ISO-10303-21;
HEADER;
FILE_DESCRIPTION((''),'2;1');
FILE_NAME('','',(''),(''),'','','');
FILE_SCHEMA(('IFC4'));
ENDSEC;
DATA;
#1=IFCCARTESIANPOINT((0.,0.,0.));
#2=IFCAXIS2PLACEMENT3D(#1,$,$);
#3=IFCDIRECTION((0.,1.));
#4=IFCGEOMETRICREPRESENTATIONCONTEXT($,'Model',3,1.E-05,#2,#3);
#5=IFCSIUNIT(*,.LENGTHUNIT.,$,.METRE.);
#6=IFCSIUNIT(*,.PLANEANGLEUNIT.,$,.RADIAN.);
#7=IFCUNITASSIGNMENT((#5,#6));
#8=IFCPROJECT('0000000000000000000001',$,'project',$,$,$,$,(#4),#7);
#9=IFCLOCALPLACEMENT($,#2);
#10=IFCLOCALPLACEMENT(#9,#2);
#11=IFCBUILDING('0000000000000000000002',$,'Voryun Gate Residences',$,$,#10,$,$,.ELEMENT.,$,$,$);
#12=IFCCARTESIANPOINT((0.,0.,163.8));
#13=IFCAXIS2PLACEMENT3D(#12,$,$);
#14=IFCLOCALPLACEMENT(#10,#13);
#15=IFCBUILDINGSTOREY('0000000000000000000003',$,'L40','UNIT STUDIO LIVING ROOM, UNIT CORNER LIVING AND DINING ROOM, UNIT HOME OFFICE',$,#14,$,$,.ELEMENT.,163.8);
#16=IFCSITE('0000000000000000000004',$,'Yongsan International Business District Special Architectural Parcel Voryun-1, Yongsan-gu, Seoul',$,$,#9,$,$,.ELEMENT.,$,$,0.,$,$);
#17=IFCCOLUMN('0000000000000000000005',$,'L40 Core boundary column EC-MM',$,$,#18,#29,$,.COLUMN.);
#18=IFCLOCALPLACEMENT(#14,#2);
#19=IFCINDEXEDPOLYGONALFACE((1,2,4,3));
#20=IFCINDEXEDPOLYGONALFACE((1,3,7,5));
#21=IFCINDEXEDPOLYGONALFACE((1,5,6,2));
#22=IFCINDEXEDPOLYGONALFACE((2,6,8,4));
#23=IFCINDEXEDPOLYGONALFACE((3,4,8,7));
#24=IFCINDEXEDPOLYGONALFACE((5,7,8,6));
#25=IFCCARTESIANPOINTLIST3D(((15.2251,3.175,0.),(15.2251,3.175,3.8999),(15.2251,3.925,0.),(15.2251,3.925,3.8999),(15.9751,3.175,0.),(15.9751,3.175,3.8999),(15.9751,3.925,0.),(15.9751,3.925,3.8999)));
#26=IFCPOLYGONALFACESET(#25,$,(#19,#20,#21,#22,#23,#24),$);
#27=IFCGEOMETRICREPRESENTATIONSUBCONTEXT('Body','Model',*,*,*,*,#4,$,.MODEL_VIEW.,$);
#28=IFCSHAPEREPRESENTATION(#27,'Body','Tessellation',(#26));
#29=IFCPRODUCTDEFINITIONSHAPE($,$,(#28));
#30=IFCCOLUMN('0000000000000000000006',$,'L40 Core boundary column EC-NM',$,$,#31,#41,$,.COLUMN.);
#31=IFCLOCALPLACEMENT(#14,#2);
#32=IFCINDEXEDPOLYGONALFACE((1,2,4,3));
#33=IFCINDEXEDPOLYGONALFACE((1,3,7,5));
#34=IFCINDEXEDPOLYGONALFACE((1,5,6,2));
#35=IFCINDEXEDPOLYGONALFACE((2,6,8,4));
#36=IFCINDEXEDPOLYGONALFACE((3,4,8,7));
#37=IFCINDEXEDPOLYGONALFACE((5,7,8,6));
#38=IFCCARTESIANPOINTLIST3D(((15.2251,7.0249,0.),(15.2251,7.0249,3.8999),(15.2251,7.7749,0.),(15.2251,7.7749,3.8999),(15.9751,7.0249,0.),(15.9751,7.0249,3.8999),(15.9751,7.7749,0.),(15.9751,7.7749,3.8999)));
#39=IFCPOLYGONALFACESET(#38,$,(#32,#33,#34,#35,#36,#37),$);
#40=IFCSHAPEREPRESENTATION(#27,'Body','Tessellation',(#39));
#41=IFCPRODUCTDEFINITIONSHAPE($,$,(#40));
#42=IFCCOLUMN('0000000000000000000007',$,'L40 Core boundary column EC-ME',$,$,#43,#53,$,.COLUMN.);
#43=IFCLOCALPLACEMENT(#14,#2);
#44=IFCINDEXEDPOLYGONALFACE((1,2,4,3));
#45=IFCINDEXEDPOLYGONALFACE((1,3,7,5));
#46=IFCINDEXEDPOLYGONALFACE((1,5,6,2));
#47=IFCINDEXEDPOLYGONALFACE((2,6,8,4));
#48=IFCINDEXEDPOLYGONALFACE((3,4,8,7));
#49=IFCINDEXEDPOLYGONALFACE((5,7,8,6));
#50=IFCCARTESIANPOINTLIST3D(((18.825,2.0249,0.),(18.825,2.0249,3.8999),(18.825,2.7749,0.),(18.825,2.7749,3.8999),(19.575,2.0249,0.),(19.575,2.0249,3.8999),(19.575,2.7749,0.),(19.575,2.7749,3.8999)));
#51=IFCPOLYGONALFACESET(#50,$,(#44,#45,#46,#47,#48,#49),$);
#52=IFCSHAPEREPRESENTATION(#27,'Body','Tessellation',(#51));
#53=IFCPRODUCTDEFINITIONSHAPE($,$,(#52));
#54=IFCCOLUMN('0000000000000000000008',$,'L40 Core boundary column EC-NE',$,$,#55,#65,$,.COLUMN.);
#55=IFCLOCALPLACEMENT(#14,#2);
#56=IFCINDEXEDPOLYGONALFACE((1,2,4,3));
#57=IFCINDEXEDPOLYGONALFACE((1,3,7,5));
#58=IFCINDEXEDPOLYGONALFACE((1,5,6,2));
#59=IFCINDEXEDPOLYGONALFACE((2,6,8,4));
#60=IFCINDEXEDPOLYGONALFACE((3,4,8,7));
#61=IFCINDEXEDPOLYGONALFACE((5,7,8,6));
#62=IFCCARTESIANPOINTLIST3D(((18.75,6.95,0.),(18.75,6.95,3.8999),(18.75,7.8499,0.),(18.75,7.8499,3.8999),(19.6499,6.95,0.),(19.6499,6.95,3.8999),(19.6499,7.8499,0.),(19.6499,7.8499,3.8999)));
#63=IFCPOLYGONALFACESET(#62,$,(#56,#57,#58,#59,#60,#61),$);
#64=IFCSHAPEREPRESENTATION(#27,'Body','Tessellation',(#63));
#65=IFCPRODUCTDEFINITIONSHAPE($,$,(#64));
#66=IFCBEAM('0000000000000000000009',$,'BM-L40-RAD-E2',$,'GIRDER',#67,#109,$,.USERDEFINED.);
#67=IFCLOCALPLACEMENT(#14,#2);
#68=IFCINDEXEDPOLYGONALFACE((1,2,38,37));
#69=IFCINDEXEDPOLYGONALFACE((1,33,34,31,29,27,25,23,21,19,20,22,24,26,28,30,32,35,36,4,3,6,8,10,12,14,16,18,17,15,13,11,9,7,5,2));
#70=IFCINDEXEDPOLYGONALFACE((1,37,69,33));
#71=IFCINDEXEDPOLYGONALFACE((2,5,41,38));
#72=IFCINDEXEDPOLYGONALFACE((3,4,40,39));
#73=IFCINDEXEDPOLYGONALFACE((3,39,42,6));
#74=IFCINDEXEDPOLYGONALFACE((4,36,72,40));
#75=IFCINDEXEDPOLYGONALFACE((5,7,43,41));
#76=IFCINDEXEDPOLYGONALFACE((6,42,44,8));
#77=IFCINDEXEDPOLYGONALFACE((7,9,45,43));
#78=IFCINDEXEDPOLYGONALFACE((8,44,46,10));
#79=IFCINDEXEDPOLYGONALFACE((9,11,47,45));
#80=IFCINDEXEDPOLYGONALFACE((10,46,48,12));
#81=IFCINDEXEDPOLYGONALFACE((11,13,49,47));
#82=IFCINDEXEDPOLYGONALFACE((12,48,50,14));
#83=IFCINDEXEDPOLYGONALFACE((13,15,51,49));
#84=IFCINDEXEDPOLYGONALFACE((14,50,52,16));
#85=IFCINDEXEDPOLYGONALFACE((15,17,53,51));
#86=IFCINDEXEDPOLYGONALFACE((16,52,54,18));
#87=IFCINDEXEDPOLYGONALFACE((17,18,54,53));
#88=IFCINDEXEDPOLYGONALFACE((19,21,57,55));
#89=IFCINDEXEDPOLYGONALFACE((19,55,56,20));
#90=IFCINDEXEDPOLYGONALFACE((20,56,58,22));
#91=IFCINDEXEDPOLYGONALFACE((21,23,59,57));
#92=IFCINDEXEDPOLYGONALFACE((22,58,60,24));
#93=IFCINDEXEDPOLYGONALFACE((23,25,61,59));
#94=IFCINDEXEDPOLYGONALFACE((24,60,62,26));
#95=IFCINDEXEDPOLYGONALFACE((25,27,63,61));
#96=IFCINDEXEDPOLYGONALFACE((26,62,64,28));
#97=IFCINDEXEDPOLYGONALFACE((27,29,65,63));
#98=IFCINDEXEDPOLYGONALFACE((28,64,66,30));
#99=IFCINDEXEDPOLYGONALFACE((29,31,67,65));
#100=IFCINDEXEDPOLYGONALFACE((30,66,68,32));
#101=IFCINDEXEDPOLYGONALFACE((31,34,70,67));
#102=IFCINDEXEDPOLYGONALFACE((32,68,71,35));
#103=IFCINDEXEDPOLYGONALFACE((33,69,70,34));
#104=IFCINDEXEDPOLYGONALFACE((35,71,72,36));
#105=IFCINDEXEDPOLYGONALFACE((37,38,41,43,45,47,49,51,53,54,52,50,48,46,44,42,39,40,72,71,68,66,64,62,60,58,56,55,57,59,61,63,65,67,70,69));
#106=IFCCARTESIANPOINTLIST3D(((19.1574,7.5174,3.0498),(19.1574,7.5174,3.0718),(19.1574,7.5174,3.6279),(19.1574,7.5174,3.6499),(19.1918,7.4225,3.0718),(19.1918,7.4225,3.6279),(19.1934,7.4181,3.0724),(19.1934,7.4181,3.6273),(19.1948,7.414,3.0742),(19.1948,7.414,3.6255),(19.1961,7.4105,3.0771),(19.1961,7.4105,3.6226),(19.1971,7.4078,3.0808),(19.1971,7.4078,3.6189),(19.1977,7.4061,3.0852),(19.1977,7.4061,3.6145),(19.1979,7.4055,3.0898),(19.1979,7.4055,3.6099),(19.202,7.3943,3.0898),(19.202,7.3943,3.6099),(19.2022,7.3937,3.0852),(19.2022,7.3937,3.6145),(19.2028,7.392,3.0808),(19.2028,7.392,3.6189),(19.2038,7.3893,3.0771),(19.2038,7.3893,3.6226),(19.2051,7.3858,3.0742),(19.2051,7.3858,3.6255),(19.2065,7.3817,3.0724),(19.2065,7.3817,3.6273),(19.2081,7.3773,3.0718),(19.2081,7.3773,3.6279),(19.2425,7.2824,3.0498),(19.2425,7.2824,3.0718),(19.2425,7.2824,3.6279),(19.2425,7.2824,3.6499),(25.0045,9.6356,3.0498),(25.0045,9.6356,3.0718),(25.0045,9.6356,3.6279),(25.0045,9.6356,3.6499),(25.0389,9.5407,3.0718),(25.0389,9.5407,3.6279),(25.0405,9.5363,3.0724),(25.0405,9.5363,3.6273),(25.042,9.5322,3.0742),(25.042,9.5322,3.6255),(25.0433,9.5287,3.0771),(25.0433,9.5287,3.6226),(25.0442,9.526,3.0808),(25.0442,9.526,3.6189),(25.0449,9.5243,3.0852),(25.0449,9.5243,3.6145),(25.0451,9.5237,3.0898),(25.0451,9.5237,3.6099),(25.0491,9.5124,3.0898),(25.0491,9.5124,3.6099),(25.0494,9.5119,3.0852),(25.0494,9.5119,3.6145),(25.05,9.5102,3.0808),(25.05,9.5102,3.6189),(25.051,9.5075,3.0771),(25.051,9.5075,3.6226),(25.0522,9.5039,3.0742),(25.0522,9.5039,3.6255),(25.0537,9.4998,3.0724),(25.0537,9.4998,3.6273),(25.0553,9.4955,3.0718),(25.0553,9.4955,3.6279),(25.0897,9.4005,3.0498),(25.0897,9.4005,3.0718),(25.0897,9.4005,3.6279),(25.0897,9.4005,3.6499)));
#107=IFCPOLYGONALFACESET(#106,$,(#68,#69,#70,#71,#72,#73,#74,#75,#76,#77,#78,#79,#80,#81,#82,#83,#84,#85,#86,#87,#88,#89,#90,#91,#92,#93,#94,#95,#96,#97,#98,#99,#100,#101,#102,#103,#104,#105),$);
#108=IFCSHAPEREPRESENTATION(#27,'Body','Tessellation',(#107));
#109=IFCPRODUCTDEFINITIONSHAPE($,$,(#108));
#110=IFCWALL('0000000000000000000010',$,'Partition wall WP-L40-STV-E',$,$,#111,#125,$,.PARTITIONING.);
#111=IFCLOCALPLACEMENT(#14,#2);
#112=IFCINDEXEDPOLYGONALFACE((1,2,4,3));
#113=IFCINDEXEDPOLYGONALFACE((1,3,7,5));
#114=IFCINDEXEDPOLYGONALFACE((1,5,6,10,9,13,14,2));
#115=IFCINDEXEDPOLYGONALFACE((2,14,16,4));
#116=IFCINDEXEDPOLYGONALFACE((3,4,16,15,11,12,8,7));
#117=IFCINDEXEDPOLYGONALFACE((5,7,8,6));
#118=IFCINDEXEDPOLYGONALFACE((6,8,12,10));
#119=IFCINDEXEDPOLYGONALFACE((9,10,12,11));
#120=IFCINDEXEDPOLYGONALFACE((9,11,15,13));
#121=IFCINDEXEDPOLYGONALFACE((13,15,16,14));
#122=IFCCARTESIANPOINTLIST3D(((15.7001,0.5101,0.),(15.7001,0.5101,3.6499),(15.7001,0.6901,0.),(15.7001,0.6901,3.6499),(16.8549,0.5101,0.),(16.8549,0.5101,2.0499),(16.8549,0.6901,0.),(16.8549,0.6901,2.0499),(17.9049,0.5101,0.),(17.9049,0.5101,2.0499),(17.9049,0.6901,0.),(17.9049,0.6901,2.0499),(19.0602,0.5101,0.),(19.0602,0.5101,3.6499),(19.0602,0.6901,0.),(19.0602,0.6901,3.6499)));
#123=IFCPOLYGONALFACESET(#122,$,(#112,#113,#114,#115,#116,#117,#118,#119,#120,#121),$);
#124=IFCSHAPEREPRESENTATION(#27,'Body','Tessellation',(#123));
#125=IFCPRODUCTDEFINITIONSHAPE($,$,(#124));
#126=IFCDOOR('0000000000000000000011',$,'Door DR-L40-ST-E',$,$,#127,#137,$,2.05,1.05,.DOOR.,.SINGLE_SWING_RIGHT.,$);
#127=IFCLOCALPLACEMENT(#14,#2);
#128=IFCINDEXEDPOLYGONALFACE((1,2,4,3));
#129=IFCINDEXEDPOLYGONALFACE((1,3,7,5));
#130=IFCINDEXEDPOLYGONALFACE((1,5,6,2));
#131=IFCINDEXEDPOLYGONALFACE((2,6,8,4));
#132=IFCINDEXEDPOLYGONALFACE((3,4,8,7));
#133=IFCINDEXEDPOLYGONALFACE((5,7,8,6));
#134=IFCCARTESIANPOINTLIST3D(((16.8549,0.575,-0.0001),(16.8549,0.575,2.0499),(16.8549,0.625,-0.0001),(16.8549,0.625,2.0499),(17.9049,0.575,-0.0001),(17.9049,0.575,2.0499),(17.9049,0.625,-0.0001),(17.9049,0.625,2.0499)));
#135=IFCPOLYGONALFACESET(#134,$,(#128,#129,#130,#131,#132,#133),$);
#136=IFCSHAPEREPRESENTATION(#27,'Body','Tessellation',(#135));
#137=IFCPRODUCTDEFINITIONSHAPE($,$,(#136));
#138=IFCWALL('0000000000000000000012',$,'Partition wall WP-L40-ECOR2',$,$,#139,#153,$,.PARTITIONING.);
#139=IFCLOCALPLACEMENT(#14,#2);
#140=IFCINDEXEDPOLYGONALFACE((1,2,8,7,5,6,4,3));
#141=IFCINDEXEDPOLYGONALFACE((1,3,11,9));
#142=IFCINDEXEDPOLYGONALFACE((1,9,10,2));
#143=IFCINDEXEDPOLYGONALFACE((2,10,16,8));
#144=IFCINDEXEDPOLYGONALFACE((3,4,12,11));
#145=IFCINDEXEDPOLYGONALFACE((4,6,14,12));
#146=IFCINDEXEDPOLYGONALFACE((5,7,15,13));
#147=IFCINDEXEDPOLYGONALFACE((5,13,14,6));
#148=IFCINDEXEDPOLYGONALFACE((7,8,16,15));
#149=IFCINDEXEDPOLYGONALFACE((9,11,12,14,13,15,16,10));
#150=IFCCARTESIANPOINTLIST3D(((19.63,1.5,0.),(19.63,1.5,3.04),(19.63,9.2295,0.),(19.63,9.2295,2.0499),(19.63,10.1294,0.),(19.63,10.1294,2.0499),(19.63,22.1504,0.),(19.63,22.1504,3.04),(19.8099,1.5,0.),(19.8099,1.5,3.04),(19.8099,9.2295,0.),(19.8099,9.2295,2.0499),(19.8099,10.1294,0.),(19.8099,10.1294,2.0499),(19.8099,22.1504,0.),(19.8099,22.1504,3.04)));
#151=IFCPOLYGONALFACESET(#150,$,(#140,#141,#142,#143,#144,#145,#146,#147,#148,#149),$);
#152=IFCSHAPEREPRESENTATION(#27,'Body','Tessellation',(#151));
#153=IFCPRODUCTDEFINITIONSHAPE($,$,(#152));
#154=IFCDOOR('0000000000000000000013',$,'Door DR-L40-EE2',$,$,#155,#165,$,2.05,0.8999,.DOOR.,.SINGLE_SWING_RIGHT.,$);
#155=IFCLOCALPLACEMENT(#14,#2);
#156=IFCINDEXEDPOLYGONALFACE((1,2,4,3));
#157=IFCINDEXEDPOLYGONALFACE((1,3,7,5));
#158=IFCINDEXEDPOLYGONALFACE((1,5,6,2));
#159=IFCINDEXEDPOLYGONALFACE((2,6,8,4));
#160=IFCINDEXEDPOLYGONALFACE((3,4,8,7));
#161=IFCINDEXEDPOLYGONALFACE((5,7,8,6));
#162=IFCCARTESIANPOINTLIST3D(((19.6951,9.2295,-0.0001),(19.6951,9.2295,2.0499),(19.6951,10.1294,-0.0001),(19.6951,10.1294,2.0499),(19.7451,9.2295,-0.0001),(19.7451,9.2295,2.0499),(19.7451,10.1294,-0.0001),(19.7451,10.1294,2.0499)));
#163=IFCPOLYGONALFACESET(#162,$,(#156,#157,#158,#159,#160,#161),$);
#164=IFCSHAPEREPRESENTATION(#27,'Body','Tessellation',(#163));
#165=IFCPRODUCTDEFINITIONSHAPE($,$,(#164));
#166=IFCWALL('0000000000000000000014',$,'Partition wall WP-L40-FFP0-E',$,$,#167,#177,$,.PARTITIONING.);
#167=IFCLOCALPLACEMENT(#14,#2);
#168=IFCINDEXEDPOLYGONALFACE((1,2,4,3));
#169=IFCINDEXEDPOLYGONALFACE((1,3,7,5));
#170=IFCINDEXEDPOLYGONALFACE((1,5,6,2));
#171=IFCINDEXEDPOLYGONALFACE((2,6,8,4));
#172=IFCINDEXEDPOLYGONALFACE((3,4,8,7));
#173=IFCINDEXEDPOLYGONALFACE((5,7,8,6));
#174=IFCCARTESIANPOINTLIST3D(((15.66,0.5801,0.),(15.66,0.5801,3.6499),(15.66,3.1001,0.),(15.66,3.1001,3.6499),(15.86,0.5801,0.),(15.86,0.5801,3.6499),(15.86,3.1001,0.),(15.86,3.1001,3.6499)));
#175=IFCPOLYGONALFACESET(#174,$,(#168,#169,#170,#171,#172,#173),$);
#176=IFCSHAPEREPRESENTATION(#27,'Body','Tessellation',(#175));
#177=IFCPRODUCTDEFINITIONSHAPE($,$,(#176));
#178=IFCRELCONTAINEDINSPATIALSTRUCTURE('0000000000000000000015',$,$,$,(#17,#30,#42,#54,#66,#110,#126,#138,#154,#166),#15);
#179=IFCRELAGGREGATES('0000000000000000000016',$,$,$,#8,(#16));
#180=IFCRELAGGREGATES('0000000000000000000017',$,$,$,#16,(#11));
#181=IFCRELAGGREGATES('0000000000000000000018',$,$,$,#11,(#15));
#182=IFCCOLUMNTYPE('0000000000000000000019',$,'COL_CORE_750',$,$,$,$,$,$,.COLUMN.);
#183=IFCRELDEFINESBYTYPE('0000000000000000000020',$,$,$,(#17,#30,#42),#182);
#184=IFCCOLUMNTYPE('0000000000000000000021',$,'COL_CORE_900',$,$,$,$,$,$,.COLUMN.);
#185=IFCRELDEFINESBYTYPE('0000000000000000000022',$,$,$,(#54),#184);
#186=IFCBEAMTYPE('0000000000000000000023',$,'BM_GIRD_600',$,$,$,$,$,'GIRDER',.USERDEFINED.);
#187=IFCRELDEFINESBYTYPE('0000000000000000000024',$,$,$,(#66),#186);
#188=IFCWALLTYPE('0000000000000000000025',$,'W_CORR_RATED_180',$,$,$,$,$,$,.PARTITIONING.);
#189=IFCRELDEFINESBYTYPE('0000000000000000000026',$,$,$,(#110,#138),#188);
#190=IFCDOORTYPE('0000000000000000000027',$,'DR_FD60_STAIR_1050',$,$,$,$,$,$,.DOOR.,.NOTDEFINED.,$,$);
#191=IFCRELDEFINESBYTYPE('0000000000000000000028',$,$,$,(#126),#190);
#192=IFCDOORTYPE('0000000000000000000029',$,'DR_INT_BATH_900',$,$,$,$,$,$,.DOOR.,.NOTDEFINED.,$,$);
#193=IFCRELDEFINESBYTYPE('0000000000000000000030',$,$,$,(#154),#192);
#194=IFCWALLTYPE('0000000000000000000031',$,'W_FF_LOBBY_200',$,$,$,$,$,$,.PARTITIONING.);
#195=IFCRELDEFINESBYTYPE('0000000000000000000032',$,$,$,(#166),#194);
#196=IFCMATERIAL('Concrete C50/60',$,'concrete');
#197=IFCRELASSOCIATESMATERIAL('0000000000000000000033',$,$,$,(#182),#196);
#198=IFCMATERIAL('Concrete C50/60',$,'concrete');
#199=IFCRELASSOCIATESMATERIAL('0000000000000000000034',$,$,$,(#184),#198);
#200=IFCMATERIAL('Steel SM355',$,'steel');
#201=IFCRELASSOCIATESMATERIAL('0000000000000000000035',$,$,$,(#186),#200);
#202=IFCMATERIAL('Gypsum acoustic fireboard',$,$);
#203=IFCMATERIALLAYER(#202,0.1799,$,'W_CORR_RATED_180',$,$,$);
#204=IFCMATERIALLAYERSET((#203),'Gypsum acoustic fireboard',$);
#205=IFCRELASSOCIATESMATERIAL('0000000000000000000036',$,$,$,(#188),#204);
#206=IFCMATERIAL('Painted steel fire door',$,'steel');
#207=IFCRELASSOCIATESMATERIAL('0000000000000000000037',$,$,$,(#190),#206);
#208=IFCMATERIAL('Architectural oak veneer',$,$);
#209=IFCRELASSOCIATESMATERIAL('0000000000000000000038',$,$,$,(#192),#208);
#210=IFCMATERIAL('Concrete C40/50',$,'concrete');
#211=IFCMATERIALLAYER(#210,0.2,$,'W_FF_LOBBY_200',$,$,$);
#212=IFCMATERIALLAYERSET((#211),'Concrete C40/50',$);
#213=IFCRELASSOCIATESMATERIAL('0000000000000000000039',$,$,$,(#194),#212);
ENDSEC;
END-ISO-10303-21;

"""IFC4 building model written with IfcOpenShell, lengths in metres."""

from ifc_helpers import new_model, si_unit, direction, frame, frame_2d, origin, origin_2d, place, context, subcontext, project, spatial, rectangle, i_section, extrude, material, layer, layer_set, material_profile, profile_set, type_object, element, fill, save


model = new_model("IFC4")

# Units and contexts
model_context = context("Model", 3, precision=1e-05, world=origin(), true_north=direction((0.0, 1.0)))
body_context = subcontext(model_context, "Body", "Model", "MODEL_VIEW")
ifc_project = project(units=[si_unit("LENGTHUNIT", "METRE"), si_unit("PLANEANGLEUNIT", "RADIAN")], contexts=[model_context])

# Site, building, storey
site_placement = place(None, origin())
site = spatial("IfcSite", under=ifc_project, at=site_placement, Name="Yongsan International Business District Special Architectural Parcel Voryun-1, Yongsan-gu, Seoul", CompositionType="ELEMENT", RefElevation=0.0)
building_placement = place(site_placement, origin())
building = spatial("IfcBuilding", under=site, at=building_placement, Name="Voryun Gate Residences", CompositionType="ELEMENT")
storey_placement = place(building_placement, frame((0.0, 0.0, 163.8)))
storey = spatial("IfcBuildingStorey", under=building, at=storey_placement, Name="L40", Description="UNIT STUDIO LIVING ROOM, UNIT CORNER LIVING AND DINING ROOM, UNIT HOME OFFICE", CompositionType="ELEMENT", Elevation=163.8)

# Columns
ifc_material_1 = material(Name="Concrete C50/60", Category="concrete")
ifc_material_profile_1 = material_profile(ifc_material_1, rectangle(XDim=0.75, YDim=0.75, at=origin_2d()), Name="RC-750x750")
ifc_profile_set_1 = profile_set([ifc_material_profile_1], Name="Concrete C50/60")
column_type_1 = type_object("IfcColumnType", Name="COL_CORE_750", PredefinedType="COLUMN", material=ifc_profile_set_1)
for number, where, z_axis, x_axis, name in (
    (1, (15.6001, 3.55, 0.0), (0.0, 0.0, 1.0), (1.0, 0.0, 0.0), "L40 Core boundary column EC-MM"),
    (2, (15.6001, 7.3999, 0.0), (0.0, 0.0, 1.0), (1.0, 0.0, 0.0), "L40 Core boundary column EC-NM"),
    (3, (19.2, 2.3999, 0.0), (0.0, 0.0, 1.0), (1.0, 0.0, 0.0), "L40 Core boundary column EC-ME"),
):
    element("IfcColumn", number, at=place(storey_placement, frame(where, z_axis=z_axis, x_axis=x_axis)), inside=storey, type_object=column_type_1, Name=name, PredefinedType="COLUMN", context=body_context, shape_type="SweptSolid", body=[
        extrude(rectangle(XDim=0.75, YDim=0.75, at=origin_2d()), origin(), (0.0, 0.0, 1.0), 3.8999),
    ])
ifc_material_2 = material(Name="Concrete C50/60", Category="concrete")
ifc_material_profile_2 = material_profile(ifc_material_2, rectangle(XDim=0.8999, YDim=0.8999, at=origin_2d()), Name="RC-900x900")
ifc_profile_set_2 = profile_set([ifc_material_profile_2], Name="Concrete C50/60")
column_type_2 = type_object("IfcColumnType", Name="COL_CORE_900", PredefinedType="COLUMN", material=ifc_profile_set_2)
column_placement = place(storey_placement, frame((19.2, 7.3999, 0.0), z_axis=(0.0, 0.0, 1.0), x_axis=(1.0, 0.0, 0.0)))
element("IfcColumn", 4, at=column_placement, inside=storey, type_object=column_type_2, Name="L40 Core boundary column EC-NE", PredefinedType="COLUMN", context=body_context, shape_type="SweptSolid", body=[
    extrude(rectangle(XDim=0.8999, YDim=0.8999, at=origin_2d()), origin(), (0.0, 0.0, 1.0), 3.8999),
])

# Beam
ifc_material_3 = material(Name="Steel SM355", Category="steel")
ifc_material_profile_3 = material_profile(ifc_material_3, i_section(OverallWidth=0.25, OverallDepth=0.6001, WebThickness=0.012, FlangeThickness=0.022, FilletRadius=0.0181, at=origin_2d()), Name="H-600x250x12x22")
ifc_profile_set_3 = profile_set([ifc_material_profile_3], Name="Steel SM355")
beam_type = type_object("IfcBeamType", Name="BM_GIRD_600", ElementType="GIRDER", PredefinedType="USERDEFINED", material=ifc_profile_set_3)
beam_placement = place(storey_placement, frame((19.2, 7.3999, 3.3499), z_axis=(0.94021, 0.340595, 0.0), x_axis=(-0.340595, 0.94021, 0.0)))
element("IfcBeam", 5, at=beam_placement, inside=storey, type_object=beam_type, Name="BM-L40-RAD-E2", ObjectType="GIRDER", PredefinedType="USERDEFINED", context=body_context, shape_type="SweptSolid", body=[
    extrude(i_section(OverallWidth=0.25, OverallDepth=0.6001, WebThickness=0.012, FlangeThickness=0.022, FilletRadius=0.0181, at=origin_2d()), origin(), (0.0, 0.0, 1.0), 6.219),
])

# Walls, openings, doors
ifc_material_4 = material(Name="Gypsum acoustic fireboard")
ifc_layer_1 = layer(ifc_material_4, 0.1799, Name="W_CORR_RATED_180")
ifc_layer_set_1 = layer_set([ifc_layer_1], Name="Gypsum acoustic fireboard")
wall_type_1 = type_object("IfcWallType", Name="W_CORR_RATED_180", PredefinedType="PARTITIONING", material=ifc_layer_set_1)
wall_1_placement = place(storey_placement, frame((15.7, 0.6001, 0.0), z_axis=(0.0, 0.0, 1.0), x_axis=(1.0, 0.0, 0.0)))
wall_1 = element("IfcWall", 6, at=wall_1_placement, inside=storey, type_object=wall_type_1, Name="Partition wall WP-L40-STV-E", PredefinedType="PARTITIONING", context=body_context, shape_type="SweptSolid", body=[
    extrude(rectangle(XDim=3.3601, YDim=0.1799, at=frame_2d((1.6802, 0.0))), origin(), (0.0, 0.0, 1.0), 3.6499),
])
opening_1_placement = place(wall_1_placement, frame((1.155, 0.0, 0.0)))
opening_1 = element("IfcOpeningElement", 7, at=opening_1_placement, cuts=wall_1, PredefinedType="OPENING", context=body_context, shape_type="SweptSolid", body=[
    extrude(rectangle(XDim=1.05, YDim=2.05, at=frame_2d((0.5249, 1.0249))), frame((0.0, 0.0999, 0.0), z_axis=(0.0, -1.0, 0.0), x_axis=(1.0, 0.0, 0.0)), (0.0, 0.0, 1.0), 0.2),
])
ifc_material_5 = material(Name="Painted steel fire door", Category="steel")
door_type_1 = type_object("IfcDoorType", Name="DR_FD60_STAIR_1050", OperationType="NOTDEFINED", PredefinedType="DOOR", material=ifc_material_5)
door_1_placement = place(opening_1_placement, origin())
door_1 = element("IfcDoor", 8, at=door_1_placement, inside=storey, type_object=door_type_1, Name="Door DR-L40-ST-E", OperationType="SINGLE_SWING_RIGHT", OverallHeight=2.05, OverallWidth=1.05, PredefinedType="DOOR", context=body_context, shape_type="SweptSolid", body=[
    extrude(rectangle(XDim=1.05, YDim=2.05, at=frame_2d((0.5249, 1.0249))), frame((0.0, 0.0249, 0.0), z_axis=(0.0, -1.0, 0.0), x_axis=(1.0, 0.0, 0.0)), (0.0, 0.0, 1.0), 0.05),
])
fill(opening_1, door_1)
wall_2_placement = place(storey_placement, frame((19.72, 1.5, 0.0), z_axis=(0.0, 0.0, 1.0), x_axis=(0.0, 1.0, 0.0)))
wall_2 = element("IfcWall", 9, at=wall_2_placement, inside=storey, type_object=wall_type_1, Name="Partition wall WP-L40-ECOR2", PredefinedType="PARTITIONING", context=body_context, shape_type="SweptSolid", body=[
    extrude(rectangle(XDim=20.6504, YDim=0.1799, at=frame_2d((10.3252, 0.0))), origin(), (0.0, 0.0, 1.0), 3.04),
])
opening_2_placement = place(wall_2_placement, frame((7.7295, 0.0, 0.0)))
opening_2 = element("IfcOpeningElement", 10, at=opening_2_placement, cuts=wall_2, PredefinedType="OPENING", context=body_context, shape_type="SweptSolid", body=[
    extrude(rectangle(XDim=0.8999, YDim=2.05, at=frame_2d((0.45, 1.0249))), frame((0.0, 0.0999, 0.0), z_axis=(0.0, -1.0, 0.0), x_axis=(1.0, 0.0, 0.0)), (0.0, 0.0, 1.0), 0.2),
])
ifc_material_6 = material(Name="Architectural oak veneer")
door_type_2 = type_object("IfcDoorType", Name="DR_INT_BATH_900", OperationType="NOTDEFINED", PredefinedType="DOOR", material=ifc_material_6)
door_2_placement = place(opening_2_placement, origin())
door_2 = element("IfcDoor", 11, at=door_2_placement, inside=storey, type_object=door_type_2, Name="Door DR-L40-EE2", OperationType="SINGLE_SWING_RIGHT", OverallHeight=2.05, OverallWidth=0.8999, PredefinedType="DOOR", context=body_context, shape_type="SweptSolid", body=[
    extrude(rectangle(XDim=0.8999, YDim=2.05, at=frame_2d((0.45, 1.0249))), frame((0.0, 0.0249, 0.0), z_axis=(0.0, -1.0, 0.0), x_axis=(1.0, 0.0, 0.0)), (0.0, 0.0, 1.0), 0.05),
])
fill(opening_2, door_2)

# Wall
ifc_material_7 = material(Name="Concrete C40/50", Category="concrete")
ifc_layer_2 = layer(ifc_material_7, 0.2, Name="W_FF_LOBBY_200")
ifc_layer_set_2 = layer_set([ifc_layer_2], Name="Concrete C40/50")
wall_type_2 = type_object("IfcWallType", Name="W_FF_LOBBY_200", PredefinedType="PARTITIONING", material=ifc_layer_set_2)
wall_3_placement = place(storey_placement, frame((15.76, 0.5801, 0.0), z_axis=(0.0, 0.0, 1.0), x_axis=(0.0, 1.0, 0.0)))
element("IfcWall", 12, at=wall_3_placement, inside=storey, type_object=wall_type_2, Name="Partition wall WP-L40-FFP0-E", PredefinedType="PARTITIONING", context=body_context, shape_type="SweptSolid", body=[
    extrude(rectangle(XDim=2.52, YDim=0.2, at=frame_2d((1.26, 0.0))), origin(), (0.0, 0.0, 1.0), 3.6499),
])

save(model, "model.ifc")
